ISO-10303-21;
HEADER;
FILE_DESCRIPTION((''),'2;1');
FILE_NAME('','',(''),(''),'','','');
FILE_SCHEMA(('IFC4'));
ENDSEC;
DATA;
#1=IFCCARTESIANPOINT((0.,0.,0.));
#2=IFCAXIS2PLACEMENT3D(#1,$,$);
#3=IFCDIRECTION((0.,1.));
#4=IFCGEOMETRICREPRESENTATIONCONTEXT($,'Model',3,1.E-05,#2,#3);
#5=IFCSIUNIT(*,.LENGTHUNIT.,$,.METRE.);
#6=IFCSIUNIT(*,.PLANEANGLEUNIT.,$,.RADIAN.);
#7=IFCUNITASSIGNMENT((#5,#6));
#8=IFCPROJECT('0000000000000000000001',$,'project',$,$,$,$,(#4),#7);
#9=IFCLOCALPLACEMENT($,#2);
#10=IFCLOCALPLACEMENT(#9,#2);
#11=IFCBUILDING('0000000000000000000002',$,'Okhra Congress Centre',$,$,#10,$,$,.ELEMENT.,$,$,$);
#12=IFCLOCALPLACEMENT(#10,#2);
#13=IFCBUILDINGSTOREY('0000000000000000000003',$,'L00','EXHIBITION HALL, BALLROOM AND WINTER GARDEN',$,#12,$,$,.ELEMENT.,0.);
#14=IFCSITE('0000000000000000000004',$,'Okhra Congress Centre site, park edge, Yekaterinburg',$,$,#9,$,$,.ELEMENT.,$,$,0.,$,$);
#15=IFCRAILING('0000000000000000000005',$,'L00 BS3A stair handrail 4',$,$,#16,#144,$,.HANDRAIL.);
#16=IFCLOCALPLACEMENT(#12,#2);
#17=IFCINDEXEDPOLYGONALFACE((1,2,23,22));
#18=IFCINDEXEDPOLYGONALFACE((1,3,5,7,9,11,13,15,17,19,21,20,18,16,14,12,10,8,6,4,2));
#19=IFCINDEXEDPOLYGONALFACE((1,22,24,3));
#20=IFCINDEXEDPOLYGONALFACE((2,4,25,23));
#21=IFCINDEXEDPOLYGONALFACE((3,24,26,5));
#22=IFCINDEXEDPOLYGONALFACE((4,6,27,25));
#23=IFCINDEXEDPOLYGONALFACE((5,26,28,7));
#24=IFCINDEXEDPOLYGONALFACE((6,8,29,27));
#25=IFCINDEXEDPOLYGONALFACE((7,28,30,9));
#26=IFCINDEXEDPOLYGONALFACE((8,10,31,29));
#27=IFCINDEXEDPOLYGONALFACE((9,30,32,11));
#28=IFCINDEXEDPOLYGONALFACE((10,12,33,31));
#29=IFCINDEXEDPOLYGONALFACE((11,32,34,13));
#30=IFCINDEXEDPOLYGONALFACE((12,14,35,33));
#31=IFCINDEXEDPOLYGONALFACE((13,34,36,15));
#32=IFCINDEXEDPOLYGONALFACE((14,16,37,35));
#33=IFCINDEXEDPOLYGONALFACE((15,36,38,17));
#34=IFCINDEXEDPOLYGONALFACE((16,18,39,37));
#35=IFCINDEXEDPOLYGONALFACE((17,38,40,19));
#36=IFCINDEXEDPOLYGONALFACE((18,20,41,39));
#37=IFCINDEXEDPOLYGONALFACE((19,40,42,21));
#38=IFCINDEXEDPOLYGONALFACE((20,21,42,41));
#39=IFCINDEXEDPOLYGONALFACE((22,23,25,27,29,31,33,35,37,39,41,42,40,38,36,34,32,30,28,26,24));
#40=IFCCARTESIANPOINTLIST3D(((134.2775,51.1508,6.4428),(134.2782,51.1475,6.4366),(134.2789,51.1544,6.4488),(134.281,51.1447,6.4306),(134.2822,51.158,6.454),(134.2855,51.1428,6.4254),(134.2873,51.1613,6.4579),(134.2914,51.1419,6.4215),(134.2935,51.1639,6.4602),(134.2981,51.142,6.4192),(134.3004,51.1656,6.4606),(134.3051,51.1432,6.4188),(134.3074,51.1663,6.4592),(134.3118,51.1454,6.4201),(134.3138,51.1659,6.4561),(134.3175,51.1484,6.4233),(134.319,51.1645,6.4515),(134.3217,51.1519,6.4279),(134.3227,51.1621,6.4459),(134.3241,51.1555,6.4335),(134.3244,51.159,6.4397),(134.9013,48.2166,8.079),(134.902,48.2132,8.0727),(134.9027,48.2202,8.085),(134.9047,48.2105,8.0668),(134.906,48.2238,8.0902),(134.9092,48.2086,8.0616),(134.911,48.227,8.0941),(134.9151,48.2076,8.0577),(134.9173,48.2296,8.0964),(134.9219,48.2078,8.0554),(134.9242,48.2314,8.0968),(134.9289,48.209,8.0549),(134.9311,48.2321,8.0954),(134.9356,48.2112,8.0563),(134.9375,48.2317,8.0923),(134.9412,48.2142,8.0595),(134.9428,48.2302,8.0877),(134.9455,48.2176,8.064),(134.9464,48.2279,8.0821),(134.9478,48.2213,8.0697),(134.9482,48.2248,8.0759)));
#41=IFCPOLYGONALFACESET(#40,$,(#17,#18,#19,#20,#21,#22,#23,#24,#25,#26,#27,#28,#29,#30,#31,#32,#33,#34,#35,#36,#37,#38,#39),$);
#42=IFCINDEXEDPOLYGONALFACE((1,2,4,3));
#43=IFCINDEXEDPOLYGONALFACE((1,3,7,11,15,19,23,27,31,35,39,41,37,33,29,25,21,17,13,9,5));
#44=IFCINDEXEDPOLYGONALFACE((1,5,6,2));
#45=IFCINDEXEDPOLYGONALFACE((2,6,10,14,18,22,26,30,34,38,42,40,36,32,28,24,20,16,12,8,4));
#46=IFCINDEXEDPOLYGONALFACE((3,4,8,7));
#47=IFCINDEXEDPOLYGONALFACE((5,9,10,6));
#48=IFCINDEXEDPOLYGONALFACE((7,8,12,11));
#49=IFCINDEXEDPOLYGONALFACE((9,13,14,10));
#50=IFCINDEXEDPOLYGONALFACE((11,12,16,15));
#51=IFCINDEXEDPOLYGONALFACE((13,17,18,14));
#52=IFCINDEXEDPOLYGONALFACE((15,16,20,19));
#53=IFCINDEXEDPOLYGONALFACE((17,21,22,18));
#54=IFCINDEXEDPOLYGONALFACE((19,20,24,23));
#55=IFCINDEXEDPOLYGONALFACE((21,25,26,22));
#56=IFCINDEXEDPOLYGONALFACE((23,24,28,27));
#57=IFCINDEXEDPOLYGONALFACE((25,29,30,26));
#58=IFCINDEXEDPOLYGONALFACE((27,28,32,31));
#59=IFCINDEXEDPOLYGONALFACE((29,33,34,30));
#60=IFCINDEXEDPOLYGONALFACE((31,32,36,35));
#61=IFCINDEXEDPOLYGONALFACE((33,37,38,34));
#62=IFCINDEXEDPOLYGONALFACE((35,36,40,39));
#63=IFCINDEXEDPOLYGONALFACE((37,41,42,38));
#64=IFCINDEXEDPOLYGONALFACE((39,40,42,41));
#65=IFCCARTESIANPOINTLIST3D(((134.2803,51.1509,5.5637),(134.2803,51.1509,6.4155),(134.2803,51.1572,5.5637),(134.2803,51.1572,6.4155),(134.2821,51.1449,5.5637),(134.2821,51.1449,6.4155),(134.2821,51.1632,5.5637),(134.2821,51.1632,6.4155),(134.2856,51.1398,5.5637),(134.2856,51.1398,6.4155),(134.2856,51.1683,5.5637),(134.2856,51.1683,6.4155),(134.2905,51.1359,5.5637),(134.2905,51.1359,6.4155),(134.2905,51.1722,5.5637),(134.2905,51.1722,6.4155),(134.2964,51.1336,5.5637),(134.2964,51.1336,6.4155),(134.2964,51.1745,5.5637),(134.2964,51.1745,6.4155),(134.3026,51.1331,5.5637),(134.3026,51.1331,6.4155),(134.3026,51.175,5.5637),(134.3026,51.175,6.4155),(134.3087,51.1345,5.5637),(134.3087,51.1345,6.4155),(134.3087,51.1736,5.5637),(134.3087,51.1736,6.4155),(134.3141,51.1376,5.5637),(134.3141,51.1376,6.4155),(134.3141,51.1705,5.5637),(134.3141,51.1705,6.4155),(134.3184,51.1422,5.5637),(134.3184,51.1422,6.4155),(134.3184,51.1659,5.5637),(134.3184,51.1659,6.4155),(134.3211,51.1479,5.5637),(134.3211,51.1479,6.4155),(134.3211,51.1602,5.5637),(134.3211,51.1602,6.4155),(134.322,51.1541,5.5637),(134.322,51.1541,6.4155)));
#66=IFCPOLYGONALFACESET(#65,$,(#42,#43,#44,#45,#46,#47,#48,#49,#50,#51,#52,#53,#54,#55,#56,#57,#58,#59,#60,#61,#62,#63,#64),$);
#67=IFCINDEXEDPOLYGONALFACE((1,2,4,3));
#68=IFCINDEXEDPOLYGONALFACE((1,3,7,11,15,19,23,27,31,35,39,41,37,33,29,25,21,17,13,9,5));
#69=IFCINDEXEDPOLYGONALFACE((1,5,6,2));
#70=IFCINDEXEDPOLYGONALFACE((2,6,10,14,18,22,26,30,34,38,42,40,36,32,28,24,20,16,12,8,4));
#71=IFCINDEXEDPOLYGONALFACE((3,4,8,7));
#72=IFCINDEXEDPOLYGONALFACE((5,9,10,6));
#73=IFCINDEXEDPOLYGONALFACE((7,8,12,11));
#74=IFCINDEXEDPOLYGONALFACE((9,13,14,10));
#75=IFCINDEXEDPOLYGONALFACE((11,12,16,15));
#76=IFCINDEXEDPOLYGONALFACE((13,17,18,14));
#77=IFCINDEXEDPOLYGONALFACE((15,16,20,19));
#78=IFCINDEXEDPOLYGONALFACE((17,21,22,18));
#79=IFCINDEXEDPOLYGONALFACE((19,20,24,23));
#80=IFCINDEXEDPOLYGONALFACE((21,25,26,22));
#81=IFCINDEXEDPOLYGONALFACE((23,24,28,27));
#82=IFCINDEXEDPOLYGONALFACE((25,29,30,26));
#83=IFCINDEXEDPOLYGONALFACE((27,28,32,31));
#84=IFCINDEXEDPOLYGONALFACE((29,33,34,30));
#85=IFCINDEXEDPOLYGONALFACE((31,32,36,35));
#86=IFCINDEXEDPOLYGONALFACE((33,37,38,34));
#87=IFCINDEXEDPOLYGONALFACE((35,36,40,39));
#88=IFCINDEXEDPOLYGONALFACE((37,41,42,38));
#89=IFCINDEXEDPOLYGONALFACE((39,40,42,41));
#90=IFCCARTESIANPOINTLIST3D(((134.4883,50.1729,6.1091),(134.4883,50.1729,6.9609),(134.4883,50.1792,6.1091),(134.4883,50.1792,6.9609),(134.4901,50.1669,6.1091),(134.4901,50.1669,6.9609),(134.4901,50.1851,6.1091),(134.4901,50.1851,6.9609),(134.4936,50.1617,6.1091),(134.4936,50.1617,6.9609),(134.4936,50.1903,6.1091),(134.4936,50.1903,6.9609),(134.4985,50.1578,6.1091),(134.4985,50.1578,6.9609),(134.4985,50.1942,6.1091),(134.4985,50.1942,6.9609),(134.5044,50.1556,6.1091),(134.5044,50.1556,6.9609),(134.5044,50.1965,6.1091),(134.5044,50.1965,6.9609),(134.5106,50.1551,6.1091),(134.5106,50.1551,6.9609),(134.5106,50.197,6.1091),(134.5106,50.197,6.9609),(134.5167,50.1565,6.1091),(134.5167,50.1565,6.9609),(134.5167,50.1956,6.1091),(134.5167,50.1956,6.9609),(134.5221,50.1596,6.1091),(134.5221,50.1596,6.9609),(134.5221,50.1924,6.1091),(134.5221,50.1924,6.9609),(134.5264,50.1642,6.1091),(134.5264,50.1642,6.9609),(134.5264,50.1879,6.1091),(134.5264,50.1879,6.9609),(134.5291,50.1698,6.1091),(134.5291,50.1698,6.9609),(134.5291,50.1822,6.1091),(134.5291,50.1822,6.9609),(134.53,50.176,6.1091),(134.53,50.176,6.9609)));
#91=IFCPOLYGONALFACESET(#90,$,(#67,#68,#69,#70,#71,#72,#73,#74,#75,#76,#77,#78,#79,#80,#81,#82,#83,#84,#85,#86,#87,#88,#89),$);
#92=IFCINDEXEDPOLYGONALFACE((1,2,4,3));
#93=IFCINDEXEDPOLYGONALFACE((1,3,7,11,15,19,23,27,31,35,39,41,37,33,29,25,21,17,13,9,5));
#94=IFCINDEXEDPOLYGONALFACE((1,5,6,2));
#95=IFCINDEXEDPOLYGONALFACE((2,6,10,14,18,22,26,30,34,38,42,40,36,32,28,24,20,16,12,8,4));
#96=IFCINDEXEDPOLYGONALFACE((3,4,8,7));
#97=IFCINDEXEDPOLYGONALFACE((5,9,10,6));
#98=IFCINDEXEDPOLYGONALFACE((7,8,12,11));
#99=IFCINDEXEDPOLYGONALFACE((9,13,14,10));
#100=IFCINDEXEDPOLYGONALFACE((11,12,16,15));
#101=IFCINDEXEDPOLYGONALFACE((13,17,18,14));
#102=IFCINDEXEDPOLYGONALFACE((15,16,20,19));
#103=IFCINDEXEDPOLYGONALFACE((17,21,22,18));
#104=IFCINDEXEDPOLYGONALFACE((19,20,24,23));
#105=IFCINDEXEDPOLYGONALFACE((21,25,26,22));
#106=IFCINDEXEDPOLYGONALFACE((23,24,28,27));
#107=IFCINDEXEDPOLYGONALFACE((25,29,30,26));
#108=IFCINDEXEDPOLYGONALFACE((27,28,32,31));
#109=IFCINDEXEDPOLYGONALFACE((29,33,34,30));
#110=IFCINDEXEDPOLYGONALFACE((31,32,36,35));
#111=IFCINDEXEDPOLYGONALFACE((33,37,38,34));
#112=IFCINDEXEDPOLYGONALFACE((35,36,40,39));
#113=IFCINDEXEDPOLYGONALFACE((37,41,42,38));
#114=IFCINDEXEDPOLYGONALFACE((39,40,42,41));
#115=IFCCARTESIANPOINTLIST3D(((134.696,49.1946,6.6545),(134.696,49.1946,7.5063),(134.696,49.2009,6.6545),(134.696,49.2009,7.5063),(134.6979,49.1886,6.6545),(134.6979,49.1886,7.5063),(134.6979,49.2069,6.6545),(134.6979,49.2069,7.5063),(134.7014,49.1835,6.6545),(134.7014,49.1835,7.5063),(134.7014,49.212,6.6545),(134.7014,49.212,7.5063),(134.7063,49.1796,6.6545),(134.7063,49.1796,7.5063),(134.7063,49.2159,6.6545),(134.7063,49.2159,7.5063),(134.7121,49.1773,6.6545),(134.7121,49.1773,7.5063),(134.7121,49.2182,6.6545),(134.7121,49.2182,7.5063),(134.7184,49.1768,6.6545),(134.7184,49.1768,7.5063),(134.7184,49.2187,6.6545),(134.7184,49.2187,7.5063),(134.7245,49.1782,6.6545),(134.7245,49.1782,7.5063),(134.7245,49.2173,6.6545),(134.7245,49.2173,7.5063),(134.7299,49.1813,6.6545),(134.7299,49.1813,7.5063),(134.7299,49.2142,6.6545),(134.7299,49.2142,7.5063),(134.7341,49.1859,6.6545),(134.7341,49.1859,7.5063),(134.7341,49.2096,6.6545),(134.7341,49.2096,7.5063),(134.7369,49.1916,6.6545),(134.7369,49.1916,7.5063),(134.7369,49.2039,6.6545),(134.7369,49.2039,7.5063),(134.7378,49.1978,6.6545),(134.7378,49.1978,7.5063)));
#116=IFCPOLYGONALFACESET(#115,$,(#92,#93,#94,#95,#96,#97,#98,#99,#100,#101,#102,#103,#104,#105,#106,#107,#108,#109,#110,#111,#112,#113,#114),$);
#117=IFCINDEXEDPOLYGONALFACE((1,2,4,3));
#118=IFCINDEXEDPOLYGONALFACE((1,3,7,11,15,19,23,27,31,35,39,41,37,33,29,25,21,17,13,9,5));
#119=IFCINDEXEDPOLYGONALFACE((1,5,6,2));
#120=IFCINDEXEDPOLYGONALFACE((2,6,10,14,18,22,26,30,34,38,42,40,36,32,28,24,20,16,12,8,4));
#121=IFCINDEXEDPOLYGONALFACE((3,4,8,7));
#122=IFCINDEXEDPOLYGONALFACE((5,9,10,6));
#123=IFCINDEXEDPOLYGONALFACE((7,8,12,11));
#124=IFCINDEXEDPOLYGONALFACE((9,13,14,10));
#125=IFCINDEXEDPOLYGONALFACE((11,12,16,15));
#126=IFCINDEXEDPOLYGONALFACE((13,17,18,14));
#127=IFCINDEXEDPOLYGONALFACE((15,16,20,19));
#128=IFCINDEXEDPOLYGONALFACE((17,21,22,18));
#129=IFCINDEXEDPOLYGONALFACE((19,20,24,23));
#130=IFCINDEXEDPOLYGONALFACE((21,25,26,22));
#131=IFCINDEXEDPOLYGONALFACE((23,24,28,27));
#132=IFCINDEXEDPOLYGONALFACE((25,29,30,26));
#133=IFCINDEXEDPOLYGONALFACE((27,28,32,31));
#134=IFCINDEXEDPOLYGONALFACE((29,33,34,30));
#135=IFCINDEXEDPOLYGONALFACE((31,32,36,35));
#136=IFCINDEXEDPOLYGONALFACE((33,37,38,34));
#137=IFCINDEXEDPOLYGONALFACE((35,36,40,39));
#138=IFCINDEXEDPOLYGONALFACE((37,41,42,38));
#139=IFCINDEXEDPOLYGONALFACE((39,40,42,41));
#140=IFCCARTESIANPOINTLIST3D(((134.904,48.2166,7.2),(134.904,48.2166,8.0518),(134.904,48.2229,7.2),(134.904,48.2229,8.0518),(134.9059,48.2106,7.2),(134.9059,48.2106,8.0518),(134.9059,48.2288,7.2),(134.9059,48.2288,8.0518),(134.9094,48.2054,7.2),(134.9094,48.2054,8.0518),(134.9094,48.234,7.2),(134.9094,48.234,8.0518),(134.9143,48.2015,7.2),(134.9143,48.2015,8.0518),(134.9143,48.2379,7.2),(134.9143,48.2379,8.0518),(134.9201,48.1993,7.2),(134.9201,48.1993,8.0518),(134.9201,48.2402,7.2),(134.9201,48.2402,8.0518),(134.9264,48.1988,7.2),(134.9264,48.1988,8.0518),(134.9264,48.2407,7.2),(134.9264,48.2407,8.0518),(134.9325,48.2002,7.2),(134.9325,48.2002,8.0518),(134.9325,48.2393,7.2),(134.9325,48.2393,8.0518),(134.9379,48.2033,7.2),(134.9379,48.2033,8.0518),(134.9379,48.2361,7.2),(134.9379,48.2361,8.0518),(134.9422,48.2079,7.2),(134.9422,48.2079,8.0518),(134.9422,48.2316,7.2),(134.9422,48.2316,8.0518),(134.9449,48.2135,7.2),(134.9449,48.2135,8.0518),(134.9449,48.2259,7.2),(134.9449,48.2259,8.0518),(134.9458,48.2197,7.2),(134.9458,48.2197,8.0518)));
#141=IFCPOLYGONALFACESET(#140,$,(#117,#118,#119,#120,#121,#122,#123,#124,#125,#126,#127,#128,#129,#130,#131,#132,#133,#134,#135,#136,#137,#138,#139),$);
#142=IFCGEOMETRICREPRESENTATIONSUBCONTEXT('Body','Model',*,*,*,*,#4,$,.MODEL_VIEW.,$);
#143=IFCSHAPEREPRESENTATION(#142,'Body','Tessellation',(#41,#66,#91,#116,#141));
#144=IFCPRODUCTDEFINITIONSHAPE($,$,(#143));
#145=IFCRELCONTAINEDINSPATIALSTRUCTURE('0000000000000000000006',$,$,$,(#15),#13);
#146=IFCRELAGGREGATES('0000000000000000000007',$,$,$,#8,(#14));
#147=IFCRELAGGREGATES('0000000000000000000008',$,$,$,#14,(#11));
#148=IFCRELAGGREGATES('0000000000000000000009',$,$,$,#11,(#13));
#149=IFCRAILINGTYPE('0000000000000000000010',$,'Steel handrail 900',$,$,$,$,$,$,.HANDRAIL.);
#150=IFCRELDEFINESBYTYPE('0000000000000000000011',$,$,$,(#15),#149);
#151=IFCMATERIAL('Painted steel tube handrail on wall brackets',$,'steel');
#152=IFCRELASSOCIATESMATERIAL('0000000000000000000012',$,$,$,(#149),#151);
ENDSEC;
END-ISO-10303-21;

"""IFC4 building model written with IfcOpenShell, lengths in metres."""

from ifc_helpers import new_model, si_unit, direction, frame, origin, origin_2d, place, context, subcontext, project, spatial, circle, extrude, material, type_object, element, save


model = new_model("IFC4")

# Units and contexts
model_context = context("Model", 3, precision=1e-05, world=origin(), true_north=direction((0.0, 1.0)))
body_context = subcontext(model_context, "Body", "Model", "MODEL_VIEW")
ifc_project = project(units=[si_unit("LENGTHUNIT", "METRE"), si_unit("PLANEANGLEUNIT", "RADIAN")], contexts=[model_context])

# Site, building, storey
site_placement = place(None, origin())
site = spatial("IfcSite", under=ifc_project, at=site_placement, Name="Okhra Congress Centre site, park edge, Yekaterinburg", CompositionType="ELEMENT", RefElevation=0.0)
building_placement = place(site_placement, origin())
building = spatial("IfcBuilding", under=site, at=building_placement, Name="Okhra Congress Centre", CompositionType="ELEMENT")
storey_placement = place(building_placement, origin())
storey = spatial("IfcBuildingStorey", under=building, at=storey_placement, Name="L00", Description="EXHIBITION HALL, BALLROOM AND WINTER GARDEN", CompositionType="ELEMENT", Elevation=0.0)

# Railing
ifc_material_1 = material(Name="Painted steel tube handrail on wall brackets", Category="steel")
railing_type_1 = type_object("IfcRailingType", Name="Steel handrail 900", PredefinedType="HANDRAIL", material=ifc_material_1)
railing_1_placement = place(storey_placement, frame((134.301, 51.1541, 5.5637)))
element("IfcRailing", 1, at=railing_1_placement, inside=storey, type_object=railing_type_1, Name="L00 BS3A stair handrail 4", PredefinedType="HANDRAIL", context=body_context, shape_type="SweptSolid", body=[
    extrude(circle(Radius=0.0239, at=origin_2d()), frame((0.0, 0.0, 0.876), z_axis=(0.182546, -0.858716, 0.478835), x_axis=(0.978143, 0.207934, 0.0)), (0.0, 0.0, 1.0), 3.417),
    extrude(circle(Radius=0.021, at=origin_2d()), origin(), (0.0, 0.0, 1.0), 0.8518),
    extrude(circle(Radius=0.021, at=origin_2d()), frame((0.208, -0.978, 0.5454)), (0.0, 0.0, 1.0), 0.8518),
    extrude(circle(Radius=0.021, at=origin_2d()), frame((0.4158, -1.9563, 1.0908)), (0.0, 0.0, 1.0), 0.8518),
    extrude(circle(Radius=0.021, at=origin_2d()), frame((0.6238, -2.9343, 1.6362)), (0.0, 0.0, 1.0), 0.8518),
])

save(model, "model.ifc")
